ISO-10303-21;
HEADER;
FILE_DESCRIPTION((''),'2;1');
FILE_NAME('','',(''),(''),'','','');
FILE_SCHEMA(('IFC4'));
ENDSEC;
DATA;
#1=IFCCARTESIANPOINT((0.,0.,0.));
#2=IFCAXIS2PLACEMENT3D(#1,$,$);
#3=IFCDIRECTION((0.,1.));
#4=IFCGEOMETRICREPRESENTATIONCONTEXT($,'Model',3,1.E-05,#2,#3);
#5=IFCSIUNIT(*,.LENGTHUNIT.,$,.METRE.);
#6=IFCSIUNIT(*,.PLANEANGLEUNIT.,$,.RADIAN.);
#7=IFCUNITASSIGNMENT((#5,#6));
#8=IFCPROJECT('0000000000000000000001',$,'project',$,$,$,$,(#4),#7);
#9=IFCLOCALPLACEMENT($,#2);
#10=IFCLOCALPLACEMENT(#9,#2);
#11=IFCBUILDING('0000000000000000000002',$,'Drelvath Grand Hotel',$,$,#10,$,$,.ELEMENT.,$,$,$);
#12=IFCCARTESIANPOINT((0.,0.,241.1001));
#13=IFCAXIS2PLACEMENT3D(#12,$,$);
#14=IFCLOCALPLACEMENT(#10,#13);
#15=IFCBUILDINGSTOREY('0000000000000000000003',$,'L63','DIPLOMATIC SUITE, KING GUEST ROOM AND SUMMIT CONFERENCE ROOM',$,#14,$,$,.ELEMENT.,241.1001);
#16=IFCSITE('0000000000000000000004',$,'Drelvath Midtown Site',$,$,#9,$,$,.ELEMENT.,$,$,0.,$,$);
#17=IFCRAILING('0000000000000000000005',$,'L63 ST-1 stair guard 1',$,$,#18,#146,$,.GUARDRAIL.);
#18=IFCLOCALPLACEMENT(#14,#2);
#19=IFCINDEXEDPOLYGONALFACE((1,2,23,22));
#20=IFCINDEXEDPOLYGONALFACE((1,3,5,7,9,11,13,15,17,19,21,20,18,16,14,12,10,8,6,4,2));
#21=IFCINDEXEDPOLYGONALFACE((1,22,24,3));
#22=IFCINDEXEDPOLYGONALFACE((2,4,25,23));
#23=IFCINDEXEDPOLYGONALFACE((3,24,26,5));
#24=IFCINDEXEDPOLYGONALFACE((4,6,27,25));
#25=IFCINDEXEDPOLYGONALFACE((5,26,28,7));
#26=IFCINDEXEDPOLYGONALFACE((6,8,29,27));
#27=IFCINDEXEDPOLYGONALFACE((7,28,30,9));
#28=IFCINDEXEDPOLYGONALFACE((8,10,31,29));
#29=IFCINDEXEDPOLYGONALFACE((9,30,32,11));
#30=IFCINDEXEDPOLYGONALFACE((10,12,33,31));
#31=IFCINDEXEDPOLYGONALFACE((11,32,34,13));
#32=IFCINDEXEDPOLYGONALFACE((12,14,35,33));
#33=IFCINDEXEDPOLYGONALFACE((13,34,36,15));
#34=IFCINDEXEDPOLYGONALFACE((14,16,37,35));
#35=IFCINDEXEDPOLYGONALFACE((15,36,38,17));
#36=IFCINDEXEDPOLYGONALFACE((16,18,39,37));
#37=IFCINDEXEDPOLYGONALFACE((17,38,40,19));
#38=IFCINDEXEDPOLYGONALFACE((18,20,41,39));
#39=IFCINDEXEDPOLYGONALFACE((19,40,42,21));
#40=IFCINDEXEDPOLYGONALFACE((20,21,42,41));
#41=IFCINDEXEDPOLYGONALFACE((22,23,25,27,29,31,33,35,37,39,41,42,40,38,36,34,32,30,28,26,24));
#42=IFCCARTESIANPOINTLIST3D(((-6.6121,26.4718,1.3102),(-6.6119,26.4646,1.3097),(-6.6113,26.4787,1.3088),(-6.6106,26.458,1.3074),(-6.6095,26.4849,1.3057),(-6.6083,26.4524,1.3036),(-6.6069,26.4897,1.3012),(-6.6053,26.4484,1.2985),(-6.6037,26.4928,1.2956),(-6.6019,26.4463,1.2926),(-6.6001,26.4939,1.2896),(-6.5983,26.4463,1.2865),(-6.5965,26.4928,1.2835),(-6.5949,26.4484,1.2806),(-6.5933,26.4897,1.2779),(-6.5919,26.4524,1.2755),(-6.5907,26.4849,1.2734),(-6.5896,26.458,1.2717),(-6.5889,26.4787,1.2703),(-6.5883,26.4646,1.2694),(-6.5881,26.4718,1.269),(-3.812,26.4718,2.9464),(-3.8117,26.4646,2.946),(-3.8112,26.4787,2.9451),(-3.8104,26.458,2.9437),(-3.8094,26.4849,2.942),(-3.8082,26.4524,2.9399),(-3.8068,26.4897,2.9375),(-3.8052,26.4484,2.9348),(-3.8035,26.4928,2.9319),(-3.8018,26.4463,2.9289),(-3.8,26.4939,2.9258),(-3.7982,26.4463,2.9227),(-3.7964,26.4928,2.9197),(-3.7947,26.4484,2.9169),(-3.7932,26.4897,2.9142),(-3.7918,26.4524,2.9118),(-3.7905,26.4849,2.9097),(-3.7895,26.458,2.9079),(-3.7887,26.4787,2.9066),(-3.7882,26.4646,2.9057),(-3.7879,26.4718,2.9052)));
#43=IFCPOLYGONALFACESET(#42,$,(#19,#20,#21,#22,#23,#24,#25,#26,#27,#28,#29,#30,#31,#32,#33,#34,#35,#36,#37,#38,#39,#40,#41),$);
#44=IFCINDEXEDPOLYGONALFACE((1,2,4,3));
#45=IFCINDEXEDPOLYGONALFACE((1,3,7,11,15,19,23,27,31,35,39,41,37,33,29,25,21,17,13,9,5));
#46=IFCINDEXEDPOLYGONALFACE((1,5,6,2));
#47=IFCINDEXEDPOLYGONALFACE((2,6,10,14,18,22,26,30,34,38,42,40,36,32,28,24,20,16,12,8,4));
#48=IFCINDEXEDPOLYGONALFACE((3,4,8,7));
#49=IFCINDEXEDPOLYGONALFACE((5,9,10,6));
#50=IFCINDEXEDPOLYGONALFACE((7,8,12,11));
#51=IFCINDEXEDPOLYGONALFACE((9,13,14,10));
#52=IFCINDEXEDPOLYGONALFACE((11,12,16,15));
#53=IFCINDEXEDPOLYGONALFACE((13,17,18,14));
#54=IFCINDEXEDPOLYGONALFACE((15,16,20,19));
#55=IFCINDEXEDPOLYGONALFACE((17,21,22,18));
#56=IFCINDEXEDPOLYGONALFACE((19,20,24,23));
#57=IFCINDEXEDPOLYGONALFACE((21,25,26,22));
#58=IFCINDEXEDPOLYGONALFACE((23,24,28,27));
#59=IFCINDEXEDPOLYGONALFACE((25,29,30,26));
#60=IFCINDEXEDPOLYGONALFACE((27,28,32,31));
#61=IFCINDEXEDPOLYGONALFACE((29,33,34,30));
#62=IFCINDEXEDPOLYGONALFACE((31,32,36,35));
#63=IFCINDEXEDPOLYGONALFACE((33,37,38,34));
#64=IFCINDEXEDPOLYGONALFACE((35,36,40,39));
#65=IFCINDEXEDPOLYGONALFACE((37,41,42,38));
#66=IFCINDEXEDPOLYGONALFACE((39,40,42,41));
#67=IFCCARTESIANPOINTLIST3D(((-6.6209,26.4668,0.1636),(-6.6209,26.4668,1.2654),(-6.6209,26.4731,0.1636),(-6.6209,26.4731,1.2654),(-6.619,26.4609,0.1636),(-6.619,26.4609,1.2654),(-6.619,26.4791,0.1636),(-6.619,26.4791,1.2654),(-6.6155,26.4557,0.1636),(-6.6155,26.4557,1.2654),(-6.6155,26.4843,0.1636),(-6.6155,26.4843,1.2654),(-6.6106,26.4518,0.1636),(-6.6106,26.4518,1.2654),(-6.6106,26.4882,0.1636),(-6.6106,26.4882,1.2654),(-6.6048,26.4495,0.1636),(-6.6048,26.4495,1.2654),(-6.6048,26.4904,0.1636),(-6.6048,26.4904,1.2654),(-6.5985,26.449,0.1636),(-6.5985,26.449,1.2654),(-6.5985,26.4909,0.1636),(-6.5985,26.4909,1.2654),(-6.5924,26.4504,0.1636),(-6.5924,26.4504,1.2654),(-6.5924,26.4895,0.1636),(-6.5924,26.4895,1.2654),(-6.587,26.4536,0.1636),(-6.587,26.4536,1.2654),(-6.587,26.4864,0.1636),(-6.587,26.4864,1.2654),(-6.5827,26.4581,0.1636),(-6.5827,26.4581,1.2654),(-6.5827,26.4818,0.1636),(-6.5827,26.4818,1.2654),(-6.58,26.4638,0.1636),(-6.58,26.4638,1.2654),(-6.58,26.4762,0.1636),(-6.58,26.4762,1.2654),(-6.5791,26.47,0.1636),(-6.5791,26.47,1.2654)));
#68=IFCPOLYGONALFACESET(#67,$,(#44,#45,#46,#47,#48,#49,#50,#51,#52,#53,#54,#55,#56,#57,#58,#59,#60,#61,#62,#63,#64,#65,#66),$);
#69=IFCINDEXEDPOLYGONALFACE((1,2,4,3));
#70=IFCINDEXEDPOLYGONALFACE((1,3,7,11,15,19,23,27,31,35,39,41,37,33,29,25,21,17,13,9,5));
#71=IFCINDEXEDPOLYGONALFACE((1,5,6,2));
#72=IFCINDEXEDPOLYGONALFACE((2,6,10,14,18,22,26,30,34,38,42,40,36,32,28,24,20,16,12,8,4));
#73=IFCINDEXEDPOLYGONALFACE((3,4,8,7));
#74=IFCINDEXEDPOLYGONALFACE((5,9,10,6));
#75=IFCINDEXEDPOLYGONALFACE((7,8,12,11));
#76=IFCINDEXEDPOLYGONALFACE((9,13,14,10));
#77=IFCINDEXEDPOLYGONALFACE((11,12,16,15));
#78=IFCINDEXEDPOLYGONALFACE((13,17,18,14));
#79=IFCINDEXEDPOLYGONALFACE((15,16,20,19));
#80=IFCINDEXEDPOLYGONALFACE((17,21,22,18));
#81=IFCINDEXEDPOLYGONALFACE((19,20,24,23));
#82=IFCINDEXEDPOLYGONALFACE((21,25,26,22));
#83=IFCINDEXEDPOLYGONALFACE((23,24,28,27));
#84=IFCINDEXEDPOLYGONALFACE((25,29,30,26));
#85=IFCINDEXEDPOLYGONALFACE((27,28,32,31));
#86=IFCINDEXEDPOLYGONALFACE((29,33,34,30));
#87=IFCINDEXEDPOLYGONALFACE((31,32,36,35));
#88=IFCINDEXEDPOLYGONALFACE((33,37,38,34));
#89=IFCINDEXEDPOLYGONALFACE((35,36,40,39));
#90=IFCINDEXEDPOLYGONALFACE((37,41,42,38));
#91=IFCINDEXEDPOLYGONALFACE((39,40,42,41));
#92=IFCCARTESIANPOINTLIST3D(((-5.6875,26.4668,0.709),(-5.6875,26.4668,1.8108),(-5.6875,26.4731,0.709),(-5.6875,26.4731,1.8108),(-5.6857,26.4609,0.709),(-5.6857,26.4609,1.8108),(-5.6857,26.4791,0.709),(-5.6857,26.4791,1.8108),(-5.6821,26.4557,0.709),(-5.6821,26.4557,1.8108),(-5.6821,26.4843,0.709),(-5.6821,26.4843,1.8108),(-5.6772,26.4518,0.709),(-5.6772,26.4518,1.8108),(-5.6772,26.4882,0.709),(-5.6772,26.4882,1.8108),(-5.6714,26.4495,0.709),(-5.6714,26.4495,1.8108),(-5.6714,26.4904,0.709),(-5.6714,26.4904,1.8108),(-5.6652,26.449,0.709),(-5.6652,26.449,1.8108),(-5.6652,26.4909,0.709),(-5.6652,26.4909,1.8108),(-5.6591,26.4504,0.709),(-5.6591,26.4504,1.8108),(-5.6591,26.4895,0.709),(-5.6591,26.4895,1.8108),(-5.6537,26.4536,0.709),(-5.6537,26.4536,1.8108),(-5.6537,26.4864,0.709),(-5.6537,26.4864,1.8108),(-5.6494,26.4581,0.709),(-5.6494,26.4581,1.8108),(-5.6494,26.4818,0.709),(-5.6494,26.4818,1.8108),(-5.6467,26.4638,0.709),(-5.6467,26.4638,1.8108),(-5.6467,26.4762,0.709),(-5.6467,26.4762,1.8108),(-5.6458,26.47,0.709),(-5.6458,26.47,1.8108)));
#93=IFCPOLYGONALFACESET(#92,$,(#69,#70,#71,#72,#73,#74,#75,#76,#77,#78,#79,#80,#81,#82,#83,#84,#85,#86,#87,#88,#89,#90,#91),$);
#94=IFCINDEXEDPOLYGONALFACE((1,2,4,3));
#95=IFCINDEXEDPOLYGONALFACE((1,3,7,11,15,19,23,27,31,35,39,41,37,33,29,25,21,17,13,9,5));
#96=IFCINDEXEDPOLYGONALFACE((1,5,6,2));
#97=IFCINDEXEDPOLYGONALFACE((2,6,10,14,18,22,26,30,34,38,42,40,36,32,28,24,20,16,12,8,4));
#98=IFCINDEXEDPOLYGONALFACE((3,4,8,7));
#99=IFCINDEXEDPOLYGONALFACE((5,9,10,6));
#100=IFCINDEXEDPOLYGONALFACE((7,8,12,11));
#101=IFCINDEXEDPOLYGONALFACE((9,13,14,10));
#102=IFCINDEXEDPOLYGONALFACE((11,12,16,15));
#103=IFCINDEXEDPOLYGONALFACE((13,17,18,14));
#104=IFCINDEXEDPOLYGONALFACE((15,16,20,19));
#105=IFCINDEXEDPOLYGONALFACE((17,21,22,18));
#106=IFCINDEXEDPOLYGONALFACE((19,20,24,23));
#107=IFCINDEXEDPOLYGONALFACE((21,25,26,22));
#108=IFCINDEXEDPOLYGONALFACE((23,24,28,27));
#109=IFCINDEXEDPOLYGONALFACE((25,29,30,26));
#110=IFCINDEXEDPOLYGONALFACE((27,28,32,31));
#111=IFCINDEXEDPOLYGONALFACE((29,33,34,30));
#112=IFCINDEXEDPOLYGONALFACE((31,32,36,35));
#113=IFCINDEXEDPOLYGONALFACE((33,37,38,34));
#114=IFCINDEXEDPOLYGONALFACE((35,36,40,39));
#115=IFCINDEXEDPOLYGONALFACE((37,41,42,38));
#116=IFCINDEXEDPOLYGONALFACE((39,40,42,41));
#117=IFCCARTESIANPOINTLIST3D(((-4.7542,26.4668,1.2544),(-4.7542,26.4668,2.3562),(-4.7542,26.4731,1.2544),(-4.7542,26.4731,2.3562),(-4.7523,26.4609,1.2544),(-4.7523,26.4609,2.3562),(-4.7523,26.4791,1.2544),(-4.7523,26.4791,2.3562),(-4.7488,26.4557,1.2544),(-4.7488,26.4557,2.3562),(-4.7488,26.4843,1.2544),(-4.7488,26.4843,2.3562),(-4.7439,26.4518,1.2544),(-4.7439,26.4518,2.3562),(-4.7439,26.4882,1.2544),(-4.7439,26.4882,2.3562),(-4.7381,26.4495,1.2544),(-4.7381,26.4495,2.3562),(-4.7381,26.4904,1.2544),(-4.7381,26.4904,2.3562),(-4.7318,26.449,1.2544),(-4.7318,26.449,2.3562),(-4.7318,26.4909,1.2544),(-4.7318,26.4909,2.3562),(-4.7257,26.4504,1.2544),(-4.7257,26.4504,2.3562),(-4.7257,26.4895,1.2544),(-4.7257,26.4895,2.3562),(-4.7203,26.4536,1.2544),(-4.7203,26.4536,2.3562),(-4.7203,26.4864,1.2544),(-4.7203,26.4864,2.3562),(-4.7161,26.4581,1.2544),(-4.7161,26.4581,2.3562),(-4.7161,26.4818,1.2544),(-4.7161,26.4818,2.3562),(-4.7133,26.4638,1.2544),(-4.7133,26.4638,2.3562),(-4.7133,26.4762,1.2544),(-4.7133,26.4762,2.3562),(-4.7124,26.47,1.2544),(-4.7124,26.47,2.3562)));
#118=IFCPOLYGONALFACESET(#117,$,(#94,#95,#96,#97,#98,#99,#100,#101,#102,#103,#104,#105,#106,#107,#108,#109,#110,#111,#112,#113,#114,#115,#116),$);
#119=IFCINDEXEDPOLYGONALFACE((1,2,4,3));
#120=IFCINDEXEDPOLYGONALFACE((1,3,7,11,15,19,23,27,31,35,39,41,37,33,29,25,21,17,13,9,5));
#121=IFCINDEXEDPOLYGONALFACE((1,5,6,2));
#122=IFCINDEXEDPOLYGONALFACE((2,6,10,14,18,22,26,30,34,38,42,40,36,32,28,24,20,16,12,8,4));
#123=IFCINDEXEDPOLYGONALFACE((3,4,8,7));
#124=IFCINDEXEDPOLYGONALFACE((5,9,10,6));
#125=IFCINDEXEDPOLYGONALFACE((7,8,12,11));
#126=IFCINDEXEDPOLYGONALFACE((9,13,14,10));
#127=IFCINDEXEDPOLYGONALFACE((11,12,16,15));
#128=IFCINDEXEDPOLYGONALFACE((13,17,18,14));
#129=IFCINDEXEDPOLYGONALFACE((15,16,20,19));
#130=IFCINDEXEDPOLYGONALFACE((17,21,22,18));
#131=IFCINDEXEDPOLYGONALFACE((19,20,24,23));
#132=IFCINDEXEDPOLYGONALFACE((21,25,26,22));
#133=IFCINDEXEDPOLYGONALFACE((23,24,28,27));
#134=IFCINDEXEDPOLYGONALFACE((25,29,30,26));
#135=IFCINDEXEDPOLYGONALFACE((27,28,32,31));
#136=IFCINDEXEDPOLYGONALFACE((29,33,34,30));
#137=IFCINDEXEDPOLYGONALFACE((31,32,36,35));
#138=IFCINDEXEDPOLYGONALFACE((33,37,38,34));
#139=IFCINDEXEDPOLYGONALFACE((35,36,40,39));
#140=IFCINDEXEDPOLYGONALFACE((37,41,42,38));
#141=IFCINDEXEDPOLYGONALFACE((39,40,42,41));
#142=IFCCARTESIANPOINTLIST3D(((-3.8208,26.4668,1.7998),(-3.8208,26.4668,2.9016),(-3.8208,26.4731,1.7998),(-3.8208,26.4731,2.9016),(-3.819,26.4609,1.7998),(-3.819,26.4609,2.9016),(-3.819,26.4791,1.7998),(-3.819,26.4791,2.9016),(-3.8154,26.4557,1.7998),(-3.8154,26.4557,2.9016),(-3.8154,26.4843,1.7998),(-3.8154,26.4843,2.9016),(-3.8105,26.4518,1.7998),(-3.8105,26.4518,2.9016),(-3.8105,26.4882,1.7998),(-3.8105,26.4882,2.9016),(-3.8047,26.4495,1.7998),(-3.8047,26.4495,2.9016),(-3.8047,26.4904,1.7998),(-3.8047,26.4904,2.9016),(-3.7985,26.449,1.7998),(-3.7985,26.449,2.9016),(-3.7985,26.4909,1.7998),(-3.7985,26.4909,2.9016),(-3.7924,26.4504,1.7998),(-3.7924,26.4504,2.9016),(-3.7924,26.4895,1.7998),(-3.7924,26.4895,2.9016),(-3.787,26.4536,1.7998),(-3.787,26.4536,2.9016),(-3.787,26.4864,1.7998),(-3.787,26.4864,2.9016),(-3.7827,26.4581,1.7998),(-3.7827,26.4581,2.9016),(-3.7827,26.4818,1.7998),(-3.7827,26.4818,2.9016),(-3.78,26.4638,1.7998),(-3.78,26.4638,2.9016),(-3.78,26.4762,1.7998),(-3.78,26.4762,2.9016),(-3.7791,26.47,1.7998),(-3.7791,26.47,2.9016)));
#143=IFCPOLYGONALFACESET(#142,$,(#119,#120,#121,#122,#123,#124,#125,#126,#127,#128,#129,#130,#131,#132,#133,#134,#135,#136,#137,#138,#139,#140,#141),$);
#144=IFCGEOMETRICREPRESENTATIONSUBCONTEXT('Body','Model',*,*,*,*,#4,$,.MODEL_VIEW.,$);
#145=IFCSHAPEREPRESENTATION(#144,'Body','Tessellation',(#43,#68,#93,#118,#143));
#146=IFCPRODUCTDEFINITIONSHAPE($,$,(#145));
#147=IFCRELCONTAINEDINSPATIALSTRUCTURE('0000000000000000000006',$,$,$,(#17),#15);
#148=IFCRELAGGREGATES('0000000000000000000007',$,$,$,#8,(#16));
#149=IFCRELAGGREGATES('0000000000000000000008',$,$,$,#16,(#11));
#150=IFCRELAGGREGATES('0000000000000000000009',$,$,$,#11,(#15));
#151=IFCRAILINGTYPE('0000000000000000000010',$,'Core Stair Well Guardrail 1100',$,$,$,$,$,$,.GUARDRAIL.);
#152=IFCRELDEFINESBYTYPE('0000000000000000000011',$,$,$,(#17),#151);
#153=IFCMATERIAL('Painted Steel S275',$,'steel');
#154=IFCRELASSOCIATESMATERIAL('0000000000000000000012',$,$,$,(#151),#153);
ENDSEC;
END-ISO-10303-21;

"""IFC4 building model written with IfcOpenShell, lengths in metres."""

from ifc_helpers import new_model, si_unit, direction, frame, origin, origin_2d, place, context, subcontext, project, spatial, circle, extrude, material, type_object, element, save


model = new_model("IFC4")

# Units and contexts
model_context = context("Model", 3, precision=1e-05, world=origin(), true_north=direction((0.0, 1.0)))
body_context = subcontext(model_context, "Body", "Model", "MODEL_VIEW")
ifc_project = project(units=[si_unit("LENGTHUNIT", "METRE"), si_unit("PLANEANGLEUNIT", "RADIAN")], contexts=[model_context])

# Site, building, storey
site_placement = place(None, origin())
site = spatial("IfcSite", under=ifc_project, at=site_placement, Name="Drelvath Midtown Site", CompositionType="ELEMENT", RefElevation=0.0)
building_placement = place(site_placement, origin())
building = spatial("IfcBuilding", under=site, at=building_placement, Name="Drelvath Grand Hotel", CompositionType="ELEMENT")
storey_placement = place(building_placement, frame((0.0, 0.0, 241.1001)))
storey = spatial("IfcBuildingStorey", under=building, at=storey_placement, Name="L63", Description="DIPLOMATIC SUITE, KING GUEST ROOM AND SUMMIT CONFERENCE ROOM", CompositionType="ELEMENT", Elevation=241.1001)

# Shared definitions
ifc_material_1 = material(Name="Painted Steel S275", Category="steel")

# Railing
railing_type_1 = type_object("IfcRailingType", Name="Core Stair Well Guardrail 1100", PredefinedType="GUARDRAIL", material=ifc_material_1)
railing_1_placement = place(storey_placement, frame((-6.6001, 26.47, 0.1636)))
element("IfcRailing", 1, at=railing_1_placement, inside=storey, type_object=railing_type_1, Name="L63 ST-1 stair guard 1", PredefinedType="GUARDRAIL", context=body_context, shape_type="SweptSolid", body=[
    extrude(circle(Radius=0.0239, at=origin_2d()), frame((0.0, 0.0, 1.126), z_axis=(0.863394, 0.0, 0.504531), x_axis=(0.0, 1.0, 0.0)), (0.0, 0.0, 1.0), 3.2432),
    extrude(circle(Radius=0.021, at=origin_2d()), origin(), (0.0, 0.0, 1.0), 1.1018),
    extrude(circle(Radius=0.021, at=origin_2d()), frame((0.9333, 0.0, 0.5454)), (0.0, 0.0, 1.0), 1.1018),
    extrude(circle(Radius=0.021, at=origin_2d()), frame((1.8667, 0.0, 1.0908)), (0.0, 0.0, 1.0), 1.1018),
    extrude(circle(Radius=0.021, at=origin_2d()), frame((2.8, 0.0, 1.6362)), (0.0, 0.0, 1.0), 1.1018),
])

save(model, "model.ifc")
